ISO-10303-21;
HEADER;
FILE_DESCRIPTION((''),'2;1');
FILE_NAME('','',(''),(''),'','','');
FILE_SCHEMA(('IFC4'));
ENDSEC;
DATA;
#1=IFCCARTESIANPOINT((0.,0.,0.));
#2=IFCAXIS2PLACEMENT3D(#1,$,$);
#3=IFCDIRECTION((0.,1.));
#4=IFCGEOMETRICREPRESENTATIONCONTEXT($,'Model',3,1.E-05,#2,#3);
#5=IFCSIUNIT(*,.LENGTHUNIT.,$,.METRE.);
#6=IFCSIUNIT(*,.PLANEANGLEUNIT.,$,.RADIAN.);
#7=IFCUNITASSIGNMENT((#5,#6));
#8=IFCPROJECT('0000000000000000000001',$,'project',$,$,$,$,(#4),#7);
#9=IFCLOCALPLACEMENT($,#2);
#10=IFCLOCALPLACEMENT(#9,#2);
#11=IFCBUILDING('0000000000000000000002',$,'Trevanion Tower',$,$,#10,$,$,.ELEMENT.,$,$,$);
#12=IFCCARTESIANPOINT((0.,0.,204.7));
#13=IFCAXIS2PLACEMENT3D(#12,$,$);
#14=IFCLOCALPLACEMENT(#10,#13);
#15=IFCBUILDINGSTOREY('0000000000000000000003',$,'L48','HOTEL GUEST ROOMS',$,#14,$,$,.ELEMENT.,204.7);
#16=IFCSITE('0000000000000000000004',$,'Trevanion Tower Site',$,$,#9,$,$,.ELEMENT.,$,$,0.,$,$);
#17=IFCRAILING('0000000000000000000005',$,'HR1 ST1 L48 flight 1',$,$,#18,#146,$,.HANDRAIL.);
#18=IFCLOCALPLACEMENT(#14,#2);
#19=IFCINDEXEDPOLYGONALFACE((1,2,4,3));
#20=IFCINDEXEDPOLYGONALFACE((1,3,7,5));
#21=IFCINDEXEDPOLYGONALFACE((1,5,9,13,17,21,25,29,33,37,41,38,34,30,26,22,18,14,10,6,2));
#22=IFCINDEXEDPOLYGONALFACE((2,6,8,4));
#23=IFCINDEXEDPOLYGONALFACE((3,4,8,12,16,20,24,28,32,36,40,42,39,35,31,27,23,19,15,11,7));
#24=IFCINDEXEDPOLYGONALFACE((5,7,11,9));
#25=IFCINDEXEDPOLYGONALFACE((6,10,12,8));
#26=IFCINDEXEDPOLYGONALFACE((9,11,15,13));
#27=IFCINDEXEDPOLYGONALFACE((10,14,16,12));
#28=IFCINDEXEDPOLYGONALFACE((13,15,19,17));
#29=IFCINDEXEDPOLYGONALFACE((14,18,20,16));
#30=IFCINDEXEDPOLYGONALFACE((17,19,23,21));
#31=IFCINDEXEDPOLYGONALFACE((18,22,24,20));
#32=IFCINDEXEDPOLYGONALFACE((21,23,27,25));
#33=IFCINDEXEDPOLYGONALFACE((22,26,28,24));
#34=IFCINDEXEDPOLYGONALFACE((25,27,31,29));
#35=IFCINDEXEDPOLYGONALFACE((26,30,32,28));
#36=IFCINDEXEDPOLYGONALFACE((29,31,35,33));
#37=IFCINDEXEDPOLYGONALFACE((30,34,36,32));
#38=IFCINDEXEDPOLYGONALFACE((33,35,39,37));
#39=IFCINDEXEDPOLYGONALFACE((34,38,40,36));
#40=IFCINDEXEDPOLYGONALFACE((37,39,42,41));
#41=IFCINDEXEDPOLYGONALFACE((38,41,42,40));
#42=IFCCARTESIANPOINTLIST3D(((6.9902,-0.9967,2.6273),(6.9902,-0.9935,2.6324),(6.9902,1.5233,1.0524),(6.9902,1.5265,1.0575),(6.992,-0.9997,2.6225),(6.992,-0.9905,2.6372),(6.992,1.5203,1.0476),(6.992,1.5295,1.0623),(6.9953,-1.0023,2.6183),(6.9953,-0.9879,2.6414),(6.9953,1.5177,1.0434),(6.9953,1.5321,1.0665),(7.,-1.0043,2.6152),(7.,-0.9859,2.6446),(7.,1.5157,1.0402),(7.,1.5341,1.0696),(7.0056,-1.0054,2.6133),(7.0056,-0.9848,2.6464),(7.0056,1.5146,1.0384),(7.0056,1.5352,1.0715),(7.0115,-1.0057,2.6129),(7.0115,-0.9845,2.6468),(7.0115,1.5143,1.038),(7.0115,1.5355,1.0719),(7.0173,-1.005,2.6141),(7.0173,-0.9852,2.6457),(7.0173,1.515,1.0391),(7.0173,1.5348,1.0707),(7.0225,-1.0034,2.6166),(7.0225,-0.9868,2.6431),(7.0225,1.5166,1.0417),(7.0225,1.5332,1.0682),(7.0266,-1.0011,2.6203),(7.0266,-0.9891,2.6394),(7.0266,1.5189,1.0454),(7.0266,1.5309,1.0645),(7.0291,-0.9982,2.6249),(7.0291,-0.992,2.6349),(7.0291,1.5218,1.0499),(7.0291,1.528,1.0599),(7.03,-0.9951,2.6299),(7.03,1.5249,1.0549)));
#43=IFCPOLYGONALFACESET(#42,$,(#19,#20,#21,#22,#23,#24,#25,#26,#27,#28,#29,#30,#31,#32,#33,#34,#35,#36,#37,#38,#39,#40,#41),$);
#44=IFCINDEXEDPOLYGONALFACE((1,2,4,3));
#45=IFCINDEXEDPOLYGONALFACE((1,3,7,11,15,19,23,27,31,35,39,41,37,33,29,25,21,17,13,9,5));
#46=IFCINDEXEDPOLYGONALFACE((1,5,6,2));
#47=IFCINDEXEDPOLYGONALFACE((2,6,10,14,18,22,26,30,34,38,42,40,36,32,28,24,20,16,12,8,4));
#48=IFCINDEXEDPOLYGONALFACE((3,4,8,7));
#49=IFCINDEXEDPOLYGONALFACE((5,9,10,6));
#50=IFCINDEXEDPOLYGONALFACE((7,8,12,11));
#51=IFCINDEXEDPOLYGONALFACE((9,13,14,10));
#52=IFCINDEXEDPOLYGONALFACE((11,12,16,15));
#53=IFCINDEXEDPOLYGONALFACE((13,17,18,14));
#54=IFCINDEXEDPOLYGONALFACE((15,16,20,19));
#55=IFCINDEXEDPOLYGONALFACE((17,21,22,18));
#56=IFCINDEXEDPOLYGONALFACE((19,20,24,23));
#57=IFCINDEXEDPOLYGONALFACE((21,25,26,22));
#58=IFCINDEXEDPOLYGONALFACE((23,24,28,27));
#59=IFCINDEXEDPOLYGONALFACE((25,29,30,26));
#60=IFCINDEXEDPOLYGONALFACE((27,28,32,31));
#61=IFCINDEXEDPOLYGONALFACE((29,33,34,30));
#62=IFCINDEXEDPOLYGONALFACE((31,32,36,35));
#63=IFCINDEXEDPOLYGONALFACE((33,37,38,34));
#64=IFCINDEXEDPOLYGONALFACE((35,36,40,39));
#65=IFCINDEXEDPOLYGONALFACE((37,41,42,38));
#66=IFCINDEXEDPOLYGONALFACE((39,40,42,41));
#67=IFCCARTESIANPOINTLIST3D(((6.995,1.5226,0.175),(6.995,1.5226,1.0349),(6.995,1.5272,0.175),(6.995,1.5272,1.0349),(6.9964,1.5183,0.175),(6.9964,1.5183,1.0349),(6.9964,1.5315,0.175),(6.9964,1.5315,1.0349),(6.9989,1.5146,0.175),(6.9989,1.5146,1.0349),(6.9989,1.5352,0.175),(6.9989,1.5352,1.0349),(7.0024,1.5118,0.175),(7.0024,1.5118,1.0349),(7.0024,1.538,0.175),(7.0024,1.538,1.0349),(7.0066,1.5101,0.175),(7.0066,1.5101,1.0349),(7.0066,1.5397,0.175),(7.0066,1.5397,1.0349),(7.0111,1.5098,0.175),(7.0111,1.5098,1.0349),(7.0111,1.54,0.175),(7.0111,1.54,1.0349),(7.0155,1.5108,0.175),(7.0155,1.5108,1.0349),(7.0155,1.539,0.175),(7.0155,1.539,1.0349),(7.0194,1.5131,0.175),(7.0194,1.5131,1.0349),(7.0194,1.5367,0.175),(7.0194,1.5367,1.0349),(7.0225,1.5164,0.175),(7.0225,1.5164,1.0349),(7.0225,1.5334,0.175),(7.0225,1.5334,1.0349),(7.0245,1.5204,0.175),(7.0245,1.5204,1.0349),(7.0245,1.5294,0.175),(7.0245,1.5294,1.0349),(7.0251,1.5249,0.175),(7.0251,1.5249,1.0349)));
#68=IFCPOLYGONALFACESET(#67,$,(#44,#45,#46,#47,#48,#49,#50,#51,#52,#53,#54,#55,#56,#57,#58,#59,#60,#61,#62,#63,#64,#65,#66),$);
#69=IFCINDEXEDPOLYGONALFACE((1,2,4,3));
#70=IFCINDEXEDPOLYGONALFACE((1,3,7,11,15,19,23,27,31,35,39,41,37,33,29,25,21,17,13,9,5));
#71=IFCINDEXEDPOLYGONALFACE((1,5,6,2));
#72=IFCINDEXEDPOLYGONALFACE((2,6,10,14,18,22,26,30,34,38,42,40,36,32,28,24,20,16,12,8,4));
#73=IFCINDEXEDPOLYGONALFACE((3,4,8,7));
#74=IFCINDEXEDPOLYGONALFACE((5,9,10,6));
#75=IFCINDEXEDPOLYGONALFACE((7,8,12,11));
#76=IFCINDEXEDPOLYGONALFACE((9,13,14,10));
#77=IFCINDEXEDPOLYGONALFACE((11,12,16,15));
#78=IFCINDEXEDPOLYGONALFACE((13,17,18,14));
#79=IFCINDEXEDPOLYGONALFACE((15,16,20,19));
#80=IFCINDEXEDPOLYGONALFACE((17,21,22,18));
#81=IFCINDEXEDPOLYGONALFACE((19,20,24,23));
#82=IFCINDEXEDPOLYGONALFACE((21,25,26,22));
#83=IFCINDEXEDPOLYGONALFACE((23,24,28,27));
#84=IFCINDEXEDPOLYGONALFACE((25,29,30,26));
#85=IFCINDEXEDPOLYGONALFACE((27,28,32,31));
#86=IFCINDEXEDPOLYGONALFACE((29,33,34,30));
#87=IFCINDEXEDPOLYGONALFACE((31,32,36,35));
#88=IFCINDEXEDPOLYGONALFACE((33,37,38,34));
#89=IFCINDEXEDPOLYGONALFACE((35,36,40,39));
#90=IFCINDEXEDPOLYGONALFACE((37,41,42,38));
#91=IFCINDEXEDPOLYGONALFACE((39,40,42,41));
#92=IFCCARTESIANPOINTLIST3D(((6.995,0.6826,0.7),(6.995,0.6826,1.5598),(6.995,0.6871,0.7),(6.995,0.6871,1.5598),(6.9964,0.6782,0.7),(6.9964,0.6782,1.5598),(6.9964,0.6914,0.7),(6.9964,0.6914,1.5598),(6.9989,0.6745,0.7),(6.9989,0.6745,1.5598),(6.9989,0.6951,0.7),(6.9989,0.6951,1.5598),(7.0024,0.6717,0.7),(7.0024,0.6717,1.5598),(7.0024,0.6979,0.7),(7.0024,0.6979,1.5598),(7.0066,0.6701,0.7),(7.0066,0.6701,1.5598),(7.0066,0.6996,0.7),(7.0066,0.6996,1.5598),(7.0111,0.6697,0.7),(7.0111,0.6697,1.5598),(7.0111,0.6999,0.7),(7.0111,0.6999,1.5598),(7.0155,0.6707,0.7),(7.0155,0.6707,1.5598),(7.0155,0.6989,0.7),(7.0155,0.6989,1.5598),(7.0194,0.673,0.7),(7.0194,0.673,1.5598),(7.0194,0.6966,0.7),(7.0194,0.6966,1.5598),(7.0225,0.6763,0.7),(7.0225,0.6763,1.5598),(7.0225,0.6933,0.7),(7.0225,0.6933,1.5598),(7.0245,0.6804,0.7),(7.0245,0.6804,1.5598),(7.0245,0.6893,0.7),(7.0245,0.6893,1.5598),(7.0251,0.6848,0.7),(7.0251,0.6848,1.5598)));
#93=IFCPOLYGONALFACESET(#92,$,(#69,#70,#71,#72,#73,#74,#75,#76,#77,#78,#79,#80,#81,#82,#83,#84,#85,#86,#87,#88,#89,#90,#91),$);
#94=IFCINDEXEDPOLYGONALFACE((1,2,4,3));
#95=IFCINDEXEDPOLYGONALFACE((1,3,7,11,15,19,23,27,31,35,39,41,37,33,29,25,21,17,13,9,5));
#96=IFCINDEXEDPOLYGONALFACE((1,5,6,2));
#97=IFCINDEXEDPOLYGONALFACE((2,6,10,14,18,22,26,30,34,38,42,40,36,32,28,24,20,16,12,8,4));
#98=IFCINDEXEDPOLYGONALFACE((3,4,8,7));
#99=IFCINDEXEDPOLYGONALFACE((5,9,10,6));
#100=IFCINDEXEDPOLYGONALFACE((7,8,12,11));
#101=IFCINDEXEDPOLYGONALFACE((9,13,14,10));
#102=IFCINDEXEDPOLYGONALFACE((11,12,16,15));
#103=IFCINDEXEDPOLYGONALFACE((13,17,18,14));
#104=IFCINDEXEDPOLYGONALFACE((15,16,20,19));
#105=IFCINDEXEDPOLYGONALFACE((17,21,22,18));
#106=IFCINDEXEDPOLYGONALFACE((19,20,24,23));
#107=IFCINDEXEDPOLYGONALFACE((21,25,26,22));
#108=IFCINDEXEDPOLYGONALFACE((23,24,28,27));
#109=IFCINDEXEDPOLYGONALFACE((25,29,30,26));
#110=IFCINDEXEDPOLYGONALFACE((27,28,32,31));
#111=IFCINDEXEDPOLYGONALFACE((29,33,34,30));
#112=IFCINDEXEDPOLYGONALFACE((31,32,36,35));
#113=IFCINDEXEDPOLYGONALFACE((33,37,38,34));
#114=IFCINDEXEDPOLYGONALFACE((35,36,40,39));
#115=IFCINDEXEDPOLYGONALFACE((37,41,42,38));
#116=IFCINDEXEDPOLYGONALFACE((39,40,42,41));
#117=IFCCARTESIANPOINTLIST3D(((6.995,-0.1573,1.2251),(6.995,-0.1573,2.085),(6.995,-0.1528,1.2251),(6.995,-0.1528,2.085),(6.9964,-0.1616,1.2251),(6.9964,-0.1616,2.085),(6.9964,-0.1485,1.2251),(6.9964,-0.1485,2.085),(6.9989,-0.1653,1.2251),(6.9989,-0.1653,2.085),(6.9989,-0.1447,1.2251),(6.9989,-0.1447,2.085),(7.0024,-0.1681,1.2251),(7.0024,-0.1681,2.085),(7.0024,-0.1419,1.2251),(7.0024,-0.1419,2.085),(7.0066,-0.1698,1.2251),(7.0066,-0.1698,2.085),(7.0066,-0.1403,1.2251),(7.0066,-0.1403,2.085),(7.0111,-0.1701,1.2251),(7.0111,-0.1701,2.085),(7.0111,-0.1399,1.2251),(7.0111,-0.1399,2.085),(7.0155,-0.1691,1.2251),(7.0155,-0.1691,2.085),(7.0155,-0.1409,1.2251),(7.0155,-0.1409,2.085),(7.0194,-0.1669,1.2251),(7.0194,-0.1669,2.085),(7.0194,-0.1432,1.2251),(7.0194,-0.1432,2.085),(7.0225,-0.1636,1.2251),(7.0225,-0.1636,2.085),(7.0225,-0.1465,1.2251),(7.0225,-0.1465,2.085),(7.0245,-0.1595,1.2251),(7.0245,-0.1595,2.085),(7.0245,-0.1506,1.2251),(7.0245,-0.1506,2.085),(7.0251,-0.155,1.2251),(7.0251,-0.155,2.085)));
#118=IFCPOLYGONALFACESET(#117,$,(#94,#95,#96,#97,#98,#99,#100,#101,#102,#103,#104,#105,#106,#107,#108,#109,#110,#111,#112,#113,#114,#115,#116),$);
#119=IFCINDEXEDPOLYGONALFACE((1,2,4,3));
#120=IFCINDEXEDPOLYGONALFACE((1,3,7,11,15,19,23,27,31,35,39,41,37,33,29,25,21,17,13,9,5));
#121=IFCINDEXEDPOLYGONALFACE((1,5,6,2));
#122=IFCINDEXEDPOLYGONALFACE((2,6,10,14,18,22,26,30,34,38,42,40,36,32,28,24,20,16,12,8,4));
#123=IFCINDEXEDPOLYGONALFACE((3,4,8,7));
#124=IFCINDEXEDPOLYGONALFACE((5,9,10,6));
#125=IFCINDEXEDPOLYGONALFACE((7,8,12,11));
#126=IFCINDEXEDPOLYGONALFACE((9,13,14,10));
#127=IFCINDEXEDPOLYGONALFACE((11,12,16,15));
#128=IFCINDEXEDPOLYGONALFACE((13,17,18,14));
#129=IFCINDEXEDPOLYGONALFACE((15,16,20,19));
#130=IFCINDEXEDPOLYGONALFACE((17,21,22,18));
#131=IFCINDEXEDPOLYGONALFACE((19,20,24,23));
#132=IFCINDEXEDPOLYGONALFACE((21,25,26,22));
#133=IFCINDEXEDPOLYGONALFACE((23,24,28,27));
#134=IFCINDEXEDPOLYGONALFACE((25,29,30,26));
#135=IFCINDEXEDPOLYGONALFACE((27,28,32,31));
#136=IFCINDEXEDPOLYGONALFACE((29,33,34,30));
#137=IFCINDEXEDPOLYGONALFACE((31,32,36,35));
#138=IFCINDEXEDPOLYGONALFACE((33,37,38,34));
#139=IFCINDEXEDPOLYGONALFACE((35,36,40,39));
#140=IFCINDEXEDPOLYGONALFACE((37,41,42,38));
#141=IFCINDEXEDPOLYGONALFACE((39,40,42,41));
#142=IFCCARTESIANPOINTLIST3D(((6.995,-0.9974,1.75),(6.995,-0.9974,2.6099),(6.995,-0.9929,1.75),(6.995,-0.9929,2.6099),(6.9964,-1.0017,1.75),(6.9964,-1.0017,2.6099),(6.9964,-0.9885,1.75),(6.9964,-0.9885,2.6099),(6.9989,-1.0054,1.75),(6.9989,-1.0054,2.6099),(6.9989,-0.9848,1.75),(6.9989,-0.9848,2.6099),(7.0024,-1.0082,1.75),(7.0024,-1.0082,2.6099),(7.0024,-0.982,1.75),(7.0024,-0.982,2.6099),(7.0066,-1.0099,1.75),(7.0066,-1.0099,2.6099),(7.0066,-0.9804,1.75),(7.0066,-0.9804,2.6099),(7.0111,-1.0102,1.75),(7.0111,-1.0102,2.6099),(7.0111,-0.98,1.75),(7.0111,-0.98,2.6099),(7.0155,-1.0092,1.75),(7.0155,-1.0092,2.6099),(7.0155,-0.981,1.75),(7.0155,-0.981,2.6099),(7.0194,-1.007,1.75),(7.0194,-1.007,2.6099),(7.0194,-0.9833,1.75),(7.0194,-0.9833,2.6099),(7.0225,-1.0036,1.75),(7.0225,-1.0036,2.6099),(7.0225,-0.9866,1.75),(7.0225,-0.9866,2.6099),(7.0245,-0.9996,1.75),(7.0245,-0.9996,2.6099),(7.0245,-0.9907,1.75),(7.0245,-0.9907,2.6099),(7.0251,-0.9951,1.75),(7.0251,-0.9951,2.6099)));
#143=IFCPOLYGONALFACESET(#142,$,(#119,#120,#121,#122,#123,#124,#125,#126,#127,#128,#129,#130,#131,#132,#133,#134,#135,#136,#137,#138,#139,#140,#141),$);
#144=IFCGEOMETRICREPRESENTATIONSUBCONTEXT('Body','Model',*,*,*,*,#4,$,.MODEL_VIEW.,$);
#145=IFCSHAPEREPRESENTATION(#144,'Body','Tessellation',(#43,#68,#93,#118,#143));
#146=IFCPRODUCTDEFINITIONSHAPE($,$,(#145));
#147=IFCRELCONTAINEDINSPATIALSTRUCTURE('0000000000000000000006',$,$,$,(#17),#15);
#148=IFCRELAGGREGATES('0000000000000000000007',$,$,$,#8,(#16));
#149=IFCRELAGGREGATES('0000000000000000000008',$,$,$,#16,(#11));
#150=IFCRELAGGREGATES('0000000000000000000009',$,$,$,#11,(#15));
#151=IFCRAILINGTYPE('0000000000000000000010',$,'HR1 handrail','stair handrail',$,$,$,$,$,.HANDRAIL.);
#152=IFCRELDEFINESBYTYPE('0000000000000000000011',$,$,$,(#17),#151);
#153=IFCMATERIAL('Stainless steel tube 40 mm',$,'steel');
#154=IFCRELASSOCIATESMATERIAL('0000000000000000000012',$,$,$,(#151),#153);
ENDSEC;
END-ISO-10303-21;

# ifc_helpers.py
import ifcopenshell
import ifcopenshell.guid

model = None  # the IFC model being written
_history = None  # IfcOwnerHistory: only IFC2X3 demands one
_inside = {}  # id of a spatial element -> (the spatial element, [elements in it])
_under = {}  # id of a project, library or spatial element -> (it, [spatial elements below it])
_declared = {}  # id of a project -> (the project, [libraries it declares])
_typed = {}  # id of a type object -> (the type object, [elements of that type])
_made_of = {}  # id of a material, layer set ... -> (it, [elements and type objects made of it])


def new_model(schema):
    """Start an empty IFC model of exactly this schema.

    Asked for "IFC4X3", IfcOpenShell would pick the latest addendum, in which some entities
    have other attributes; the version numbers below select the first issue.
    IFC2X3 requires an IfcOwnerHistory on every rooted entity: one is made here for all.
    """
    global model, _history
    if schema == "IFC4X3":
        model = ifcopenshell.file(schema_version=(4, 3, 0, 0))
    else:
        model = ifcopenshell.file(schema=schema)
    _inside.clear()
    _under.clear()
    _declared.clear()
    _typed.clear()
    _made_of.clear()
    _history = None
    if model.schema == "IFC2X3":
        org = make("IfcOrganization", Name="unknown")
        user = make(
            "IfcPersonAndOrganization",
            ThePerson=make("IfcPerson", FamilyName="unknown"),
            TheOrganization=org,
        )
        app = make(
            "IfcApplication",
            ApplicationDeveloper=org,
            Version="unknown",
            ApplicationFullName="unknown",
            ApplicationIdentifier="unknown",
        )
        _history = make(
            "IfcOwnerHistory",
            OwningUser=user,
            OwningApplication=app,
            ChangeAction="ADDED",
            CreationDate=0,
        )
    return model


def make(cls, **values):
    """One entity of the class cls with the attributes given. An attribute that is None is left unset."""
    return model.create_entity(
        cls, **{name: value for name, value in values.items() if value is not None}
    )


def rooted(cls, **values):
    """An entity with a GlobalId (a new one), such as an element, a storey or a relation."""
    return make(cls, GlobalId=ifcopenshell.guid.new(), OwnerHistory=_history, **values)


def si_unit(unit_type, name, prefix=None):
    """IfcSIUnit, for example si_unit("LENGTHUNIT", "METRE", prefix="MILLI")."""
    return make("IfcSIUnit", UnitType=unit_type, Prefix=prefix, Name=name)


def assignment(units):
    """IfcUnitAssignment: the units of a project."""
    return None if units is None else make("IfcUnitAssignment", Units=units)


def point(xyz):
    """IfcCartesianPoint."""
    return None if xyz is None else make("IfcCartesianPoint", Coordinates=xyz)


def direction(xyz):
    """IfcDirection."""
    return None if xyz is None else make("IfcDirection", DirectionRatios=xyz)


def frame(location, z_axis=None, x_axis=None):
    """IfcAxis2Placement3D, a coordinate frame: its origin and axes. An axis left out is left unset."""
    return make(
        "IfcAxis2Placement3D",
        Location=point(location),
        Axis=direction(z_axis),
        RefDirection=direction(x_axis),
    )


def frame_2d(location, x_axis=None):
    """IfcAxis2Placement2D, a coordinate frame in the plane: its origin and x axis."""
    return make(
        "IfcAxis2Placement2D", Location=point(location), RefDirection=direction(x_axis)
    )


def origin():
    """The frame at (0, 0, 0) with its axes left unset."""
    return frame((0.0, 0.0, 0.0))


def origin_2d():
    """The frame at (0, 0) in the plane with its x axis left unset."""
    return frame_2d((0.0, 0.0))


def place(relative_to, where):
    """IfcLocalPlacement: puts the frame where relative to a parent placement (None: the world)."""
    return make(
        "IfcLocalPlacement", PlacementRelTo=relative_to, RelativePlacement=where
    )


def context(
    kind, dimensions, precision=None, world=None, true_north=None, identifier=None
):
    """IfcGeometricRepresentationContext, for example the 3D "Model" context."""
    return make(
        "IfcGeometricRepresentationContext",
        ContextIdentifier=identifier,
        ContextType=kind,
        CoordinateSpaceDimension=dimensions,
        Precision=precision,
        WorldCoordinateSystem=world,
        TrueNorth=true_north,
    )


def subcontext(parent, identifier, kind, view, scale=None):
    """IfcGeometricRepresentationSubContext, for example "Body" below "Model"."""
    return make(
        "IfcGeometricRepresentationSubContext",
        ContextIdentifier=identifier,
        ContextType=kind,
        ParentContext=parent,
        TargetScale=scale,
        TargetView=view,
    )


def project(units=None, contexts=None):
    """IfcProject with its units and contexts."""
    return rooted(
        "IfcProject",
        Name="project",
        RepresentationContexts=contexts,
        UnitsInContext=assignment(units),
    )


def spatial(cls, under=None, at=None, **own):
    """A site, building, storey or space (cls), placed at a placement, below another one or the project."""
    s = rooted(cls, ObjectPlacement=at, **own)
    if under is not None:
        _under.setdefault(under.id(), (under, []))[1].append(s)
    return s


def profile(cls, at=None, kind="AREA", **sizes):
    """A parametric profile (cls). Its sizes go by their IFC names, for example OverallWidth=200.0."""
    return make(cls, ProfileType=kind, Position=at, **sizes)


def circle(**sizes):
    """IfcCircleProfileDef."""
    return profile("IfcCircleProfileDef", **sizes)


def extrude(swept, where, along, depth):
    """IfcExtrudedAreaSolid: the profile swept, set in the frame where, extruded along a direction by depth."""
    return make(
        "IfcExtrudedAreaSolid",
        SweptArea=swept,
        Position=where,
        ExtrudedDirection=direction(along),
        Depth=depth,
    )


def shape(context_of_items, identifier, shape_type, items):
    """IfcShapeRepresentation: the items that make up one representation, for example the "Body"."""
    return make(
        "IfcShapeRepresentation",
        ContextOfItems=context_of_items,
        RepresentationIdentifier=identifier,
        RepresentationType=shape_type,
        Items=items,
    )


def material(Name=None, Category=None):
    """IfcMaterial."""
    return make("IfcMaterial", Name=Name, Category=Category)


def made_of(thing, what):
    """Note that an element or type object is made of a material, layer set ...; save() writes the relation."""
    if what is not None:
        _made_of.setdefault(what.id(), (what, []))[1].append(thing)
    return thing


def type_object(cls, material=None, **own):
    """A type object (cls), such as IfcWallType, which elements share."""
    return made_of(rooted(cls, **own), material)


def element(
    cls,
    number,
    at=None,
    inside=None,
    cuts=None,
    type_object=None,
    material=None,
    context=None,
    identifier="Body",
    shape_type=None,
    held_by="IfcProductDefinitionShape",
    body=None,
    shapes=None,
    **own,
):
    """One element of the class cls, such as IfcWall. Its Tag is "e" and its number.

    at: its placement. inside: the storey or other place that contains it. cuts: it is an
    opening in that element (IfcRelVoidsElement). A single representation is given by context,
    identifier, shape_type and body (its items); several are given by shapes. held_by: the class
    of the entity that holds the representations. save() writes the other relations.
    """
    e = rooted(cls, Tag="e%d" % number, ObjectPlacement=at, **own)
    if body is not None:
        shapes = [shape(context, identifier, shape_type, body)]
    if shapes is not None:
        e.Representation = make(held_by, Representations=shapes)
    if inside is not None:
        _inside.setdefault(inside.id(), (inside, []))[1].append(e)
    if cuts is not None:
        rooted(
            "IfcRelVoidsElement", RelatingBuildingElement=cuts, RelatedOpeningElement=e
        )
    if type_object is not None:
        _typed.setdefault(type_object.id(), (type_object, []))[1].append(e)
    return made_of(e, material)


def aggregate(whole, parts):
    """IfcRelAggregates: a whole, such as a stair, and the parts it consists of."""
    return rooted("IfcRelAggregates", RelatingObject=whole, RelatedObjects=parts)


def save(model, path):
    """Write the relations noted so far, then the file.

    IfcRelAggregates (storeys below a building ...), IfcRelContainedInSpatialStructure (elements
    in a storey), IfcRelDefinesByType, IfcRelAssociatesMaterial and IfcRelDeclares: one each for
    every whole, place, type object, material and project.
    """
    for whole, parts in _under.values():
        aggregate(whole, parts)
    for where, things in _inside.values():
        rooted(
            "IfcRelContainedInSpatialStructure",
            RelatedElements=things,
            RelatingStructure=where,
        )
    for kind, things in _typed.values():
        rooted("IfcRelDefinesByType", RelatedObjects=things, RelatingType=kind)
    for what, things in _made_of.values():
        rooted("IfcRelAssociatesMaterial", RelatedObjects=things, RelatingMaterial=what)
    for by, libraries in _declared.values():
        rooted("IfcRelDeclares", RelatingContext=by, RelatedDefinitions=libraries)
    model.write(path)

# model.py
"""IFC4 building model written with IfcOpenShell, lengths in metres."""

from ifc_helpers import new_model, si_unit, direction, frame, origin, origin_2d, place, context, subcontext, project, spatial, circle, extrude, material, type_object, element, save


model = new_model("IFC4")

# Units and contexts
model_context = context("Model", 3, precision=1e-05, world=origin(), true_north=direction((0.0, 1.0)))
body_context = subcontext(model_context, "Body", "Model", "MODEL_VIEW")
ifc_project = project(units=[si_unit("LENGTHUNIT", "METRE"), si_unit("PLANEANGLEUNIT", "RADIAN")], contexts=[model_context])

# Site, building, storey
site_placement = place(None, origin())
site = spatial("IfcSite", under=ifc_project, at=site_placement, Name="Trevanion Tower Site", CompositionType="ELEMENT", RefElevation=0.0)
building_placement = place(site_placement, origin())
building = spatial("IfcBuilding", under=site, at=building_placement, Name="Trevanion Tower", CompositionType="ELEMENT")
storey_placement = place(building_placement, frame((0.0, 0.0, 204.7)))
storey = spatial("IfcBuildingStorey", under=building, at=storey_placement, Name="L48", Description="HOTEL GUEST ROOMS", CompositionType="ELEMENT", Elevation=204.7)

# Railing
ifc_material_1 = material(Name="Stainless steel tube 40 mm", Category="steel")
railing_type = type_object("IfcRailingType", Name="HR1 handrail", Description="stair handrail", PredefinedType="HANDRAIL", material=ifc_material_1)
for number, where, name in (
    (1, (7.01, 1.5249, 0.175), "HR1 ST1 L48 flight 1"),
):
    element("IfcRailing", number, at=place(storey_placement, frame(where)), inside=storey, type_object=railing_type, Name=name, PredefinedType="HANDRAIL", context=body_context, shape_type="SweptSolid", body=[
        extrude(circle(Radius=0.02, at=origin_2d()), frame((0.0, 0.0, 0.8799), z_axis=(0.0, -0.848008, 0.529984), x_axis=(1.0, 0.0, 0.0)), (0.0, 0.0, 1.0), 2.9717),
        extrude(circle(Radius=0.0151, at=origin_2d()), origin(), (0.0, 0.0, 1.0), 0.8599),
        extrude(circle(Radius=0.0151, at=origin_2d()), frame((0.0, -0.8401, 0.5249)), (0.0, 0.0, 1.0), 0.8599),
        extrude(circle(Radius=0.0151, at=origin_2d()), frame((0.0, -1.6799, 1.05)), (0.0, 0.0, 1.0), 0.8599),
        extrude(circle(Radius=0.0151, at=origin_2d()), frame((0.0, -2.52, 1.575)), (0.0, 0.0, 1.0), 0.8599),
    ])

save(model, "model.ifc")
